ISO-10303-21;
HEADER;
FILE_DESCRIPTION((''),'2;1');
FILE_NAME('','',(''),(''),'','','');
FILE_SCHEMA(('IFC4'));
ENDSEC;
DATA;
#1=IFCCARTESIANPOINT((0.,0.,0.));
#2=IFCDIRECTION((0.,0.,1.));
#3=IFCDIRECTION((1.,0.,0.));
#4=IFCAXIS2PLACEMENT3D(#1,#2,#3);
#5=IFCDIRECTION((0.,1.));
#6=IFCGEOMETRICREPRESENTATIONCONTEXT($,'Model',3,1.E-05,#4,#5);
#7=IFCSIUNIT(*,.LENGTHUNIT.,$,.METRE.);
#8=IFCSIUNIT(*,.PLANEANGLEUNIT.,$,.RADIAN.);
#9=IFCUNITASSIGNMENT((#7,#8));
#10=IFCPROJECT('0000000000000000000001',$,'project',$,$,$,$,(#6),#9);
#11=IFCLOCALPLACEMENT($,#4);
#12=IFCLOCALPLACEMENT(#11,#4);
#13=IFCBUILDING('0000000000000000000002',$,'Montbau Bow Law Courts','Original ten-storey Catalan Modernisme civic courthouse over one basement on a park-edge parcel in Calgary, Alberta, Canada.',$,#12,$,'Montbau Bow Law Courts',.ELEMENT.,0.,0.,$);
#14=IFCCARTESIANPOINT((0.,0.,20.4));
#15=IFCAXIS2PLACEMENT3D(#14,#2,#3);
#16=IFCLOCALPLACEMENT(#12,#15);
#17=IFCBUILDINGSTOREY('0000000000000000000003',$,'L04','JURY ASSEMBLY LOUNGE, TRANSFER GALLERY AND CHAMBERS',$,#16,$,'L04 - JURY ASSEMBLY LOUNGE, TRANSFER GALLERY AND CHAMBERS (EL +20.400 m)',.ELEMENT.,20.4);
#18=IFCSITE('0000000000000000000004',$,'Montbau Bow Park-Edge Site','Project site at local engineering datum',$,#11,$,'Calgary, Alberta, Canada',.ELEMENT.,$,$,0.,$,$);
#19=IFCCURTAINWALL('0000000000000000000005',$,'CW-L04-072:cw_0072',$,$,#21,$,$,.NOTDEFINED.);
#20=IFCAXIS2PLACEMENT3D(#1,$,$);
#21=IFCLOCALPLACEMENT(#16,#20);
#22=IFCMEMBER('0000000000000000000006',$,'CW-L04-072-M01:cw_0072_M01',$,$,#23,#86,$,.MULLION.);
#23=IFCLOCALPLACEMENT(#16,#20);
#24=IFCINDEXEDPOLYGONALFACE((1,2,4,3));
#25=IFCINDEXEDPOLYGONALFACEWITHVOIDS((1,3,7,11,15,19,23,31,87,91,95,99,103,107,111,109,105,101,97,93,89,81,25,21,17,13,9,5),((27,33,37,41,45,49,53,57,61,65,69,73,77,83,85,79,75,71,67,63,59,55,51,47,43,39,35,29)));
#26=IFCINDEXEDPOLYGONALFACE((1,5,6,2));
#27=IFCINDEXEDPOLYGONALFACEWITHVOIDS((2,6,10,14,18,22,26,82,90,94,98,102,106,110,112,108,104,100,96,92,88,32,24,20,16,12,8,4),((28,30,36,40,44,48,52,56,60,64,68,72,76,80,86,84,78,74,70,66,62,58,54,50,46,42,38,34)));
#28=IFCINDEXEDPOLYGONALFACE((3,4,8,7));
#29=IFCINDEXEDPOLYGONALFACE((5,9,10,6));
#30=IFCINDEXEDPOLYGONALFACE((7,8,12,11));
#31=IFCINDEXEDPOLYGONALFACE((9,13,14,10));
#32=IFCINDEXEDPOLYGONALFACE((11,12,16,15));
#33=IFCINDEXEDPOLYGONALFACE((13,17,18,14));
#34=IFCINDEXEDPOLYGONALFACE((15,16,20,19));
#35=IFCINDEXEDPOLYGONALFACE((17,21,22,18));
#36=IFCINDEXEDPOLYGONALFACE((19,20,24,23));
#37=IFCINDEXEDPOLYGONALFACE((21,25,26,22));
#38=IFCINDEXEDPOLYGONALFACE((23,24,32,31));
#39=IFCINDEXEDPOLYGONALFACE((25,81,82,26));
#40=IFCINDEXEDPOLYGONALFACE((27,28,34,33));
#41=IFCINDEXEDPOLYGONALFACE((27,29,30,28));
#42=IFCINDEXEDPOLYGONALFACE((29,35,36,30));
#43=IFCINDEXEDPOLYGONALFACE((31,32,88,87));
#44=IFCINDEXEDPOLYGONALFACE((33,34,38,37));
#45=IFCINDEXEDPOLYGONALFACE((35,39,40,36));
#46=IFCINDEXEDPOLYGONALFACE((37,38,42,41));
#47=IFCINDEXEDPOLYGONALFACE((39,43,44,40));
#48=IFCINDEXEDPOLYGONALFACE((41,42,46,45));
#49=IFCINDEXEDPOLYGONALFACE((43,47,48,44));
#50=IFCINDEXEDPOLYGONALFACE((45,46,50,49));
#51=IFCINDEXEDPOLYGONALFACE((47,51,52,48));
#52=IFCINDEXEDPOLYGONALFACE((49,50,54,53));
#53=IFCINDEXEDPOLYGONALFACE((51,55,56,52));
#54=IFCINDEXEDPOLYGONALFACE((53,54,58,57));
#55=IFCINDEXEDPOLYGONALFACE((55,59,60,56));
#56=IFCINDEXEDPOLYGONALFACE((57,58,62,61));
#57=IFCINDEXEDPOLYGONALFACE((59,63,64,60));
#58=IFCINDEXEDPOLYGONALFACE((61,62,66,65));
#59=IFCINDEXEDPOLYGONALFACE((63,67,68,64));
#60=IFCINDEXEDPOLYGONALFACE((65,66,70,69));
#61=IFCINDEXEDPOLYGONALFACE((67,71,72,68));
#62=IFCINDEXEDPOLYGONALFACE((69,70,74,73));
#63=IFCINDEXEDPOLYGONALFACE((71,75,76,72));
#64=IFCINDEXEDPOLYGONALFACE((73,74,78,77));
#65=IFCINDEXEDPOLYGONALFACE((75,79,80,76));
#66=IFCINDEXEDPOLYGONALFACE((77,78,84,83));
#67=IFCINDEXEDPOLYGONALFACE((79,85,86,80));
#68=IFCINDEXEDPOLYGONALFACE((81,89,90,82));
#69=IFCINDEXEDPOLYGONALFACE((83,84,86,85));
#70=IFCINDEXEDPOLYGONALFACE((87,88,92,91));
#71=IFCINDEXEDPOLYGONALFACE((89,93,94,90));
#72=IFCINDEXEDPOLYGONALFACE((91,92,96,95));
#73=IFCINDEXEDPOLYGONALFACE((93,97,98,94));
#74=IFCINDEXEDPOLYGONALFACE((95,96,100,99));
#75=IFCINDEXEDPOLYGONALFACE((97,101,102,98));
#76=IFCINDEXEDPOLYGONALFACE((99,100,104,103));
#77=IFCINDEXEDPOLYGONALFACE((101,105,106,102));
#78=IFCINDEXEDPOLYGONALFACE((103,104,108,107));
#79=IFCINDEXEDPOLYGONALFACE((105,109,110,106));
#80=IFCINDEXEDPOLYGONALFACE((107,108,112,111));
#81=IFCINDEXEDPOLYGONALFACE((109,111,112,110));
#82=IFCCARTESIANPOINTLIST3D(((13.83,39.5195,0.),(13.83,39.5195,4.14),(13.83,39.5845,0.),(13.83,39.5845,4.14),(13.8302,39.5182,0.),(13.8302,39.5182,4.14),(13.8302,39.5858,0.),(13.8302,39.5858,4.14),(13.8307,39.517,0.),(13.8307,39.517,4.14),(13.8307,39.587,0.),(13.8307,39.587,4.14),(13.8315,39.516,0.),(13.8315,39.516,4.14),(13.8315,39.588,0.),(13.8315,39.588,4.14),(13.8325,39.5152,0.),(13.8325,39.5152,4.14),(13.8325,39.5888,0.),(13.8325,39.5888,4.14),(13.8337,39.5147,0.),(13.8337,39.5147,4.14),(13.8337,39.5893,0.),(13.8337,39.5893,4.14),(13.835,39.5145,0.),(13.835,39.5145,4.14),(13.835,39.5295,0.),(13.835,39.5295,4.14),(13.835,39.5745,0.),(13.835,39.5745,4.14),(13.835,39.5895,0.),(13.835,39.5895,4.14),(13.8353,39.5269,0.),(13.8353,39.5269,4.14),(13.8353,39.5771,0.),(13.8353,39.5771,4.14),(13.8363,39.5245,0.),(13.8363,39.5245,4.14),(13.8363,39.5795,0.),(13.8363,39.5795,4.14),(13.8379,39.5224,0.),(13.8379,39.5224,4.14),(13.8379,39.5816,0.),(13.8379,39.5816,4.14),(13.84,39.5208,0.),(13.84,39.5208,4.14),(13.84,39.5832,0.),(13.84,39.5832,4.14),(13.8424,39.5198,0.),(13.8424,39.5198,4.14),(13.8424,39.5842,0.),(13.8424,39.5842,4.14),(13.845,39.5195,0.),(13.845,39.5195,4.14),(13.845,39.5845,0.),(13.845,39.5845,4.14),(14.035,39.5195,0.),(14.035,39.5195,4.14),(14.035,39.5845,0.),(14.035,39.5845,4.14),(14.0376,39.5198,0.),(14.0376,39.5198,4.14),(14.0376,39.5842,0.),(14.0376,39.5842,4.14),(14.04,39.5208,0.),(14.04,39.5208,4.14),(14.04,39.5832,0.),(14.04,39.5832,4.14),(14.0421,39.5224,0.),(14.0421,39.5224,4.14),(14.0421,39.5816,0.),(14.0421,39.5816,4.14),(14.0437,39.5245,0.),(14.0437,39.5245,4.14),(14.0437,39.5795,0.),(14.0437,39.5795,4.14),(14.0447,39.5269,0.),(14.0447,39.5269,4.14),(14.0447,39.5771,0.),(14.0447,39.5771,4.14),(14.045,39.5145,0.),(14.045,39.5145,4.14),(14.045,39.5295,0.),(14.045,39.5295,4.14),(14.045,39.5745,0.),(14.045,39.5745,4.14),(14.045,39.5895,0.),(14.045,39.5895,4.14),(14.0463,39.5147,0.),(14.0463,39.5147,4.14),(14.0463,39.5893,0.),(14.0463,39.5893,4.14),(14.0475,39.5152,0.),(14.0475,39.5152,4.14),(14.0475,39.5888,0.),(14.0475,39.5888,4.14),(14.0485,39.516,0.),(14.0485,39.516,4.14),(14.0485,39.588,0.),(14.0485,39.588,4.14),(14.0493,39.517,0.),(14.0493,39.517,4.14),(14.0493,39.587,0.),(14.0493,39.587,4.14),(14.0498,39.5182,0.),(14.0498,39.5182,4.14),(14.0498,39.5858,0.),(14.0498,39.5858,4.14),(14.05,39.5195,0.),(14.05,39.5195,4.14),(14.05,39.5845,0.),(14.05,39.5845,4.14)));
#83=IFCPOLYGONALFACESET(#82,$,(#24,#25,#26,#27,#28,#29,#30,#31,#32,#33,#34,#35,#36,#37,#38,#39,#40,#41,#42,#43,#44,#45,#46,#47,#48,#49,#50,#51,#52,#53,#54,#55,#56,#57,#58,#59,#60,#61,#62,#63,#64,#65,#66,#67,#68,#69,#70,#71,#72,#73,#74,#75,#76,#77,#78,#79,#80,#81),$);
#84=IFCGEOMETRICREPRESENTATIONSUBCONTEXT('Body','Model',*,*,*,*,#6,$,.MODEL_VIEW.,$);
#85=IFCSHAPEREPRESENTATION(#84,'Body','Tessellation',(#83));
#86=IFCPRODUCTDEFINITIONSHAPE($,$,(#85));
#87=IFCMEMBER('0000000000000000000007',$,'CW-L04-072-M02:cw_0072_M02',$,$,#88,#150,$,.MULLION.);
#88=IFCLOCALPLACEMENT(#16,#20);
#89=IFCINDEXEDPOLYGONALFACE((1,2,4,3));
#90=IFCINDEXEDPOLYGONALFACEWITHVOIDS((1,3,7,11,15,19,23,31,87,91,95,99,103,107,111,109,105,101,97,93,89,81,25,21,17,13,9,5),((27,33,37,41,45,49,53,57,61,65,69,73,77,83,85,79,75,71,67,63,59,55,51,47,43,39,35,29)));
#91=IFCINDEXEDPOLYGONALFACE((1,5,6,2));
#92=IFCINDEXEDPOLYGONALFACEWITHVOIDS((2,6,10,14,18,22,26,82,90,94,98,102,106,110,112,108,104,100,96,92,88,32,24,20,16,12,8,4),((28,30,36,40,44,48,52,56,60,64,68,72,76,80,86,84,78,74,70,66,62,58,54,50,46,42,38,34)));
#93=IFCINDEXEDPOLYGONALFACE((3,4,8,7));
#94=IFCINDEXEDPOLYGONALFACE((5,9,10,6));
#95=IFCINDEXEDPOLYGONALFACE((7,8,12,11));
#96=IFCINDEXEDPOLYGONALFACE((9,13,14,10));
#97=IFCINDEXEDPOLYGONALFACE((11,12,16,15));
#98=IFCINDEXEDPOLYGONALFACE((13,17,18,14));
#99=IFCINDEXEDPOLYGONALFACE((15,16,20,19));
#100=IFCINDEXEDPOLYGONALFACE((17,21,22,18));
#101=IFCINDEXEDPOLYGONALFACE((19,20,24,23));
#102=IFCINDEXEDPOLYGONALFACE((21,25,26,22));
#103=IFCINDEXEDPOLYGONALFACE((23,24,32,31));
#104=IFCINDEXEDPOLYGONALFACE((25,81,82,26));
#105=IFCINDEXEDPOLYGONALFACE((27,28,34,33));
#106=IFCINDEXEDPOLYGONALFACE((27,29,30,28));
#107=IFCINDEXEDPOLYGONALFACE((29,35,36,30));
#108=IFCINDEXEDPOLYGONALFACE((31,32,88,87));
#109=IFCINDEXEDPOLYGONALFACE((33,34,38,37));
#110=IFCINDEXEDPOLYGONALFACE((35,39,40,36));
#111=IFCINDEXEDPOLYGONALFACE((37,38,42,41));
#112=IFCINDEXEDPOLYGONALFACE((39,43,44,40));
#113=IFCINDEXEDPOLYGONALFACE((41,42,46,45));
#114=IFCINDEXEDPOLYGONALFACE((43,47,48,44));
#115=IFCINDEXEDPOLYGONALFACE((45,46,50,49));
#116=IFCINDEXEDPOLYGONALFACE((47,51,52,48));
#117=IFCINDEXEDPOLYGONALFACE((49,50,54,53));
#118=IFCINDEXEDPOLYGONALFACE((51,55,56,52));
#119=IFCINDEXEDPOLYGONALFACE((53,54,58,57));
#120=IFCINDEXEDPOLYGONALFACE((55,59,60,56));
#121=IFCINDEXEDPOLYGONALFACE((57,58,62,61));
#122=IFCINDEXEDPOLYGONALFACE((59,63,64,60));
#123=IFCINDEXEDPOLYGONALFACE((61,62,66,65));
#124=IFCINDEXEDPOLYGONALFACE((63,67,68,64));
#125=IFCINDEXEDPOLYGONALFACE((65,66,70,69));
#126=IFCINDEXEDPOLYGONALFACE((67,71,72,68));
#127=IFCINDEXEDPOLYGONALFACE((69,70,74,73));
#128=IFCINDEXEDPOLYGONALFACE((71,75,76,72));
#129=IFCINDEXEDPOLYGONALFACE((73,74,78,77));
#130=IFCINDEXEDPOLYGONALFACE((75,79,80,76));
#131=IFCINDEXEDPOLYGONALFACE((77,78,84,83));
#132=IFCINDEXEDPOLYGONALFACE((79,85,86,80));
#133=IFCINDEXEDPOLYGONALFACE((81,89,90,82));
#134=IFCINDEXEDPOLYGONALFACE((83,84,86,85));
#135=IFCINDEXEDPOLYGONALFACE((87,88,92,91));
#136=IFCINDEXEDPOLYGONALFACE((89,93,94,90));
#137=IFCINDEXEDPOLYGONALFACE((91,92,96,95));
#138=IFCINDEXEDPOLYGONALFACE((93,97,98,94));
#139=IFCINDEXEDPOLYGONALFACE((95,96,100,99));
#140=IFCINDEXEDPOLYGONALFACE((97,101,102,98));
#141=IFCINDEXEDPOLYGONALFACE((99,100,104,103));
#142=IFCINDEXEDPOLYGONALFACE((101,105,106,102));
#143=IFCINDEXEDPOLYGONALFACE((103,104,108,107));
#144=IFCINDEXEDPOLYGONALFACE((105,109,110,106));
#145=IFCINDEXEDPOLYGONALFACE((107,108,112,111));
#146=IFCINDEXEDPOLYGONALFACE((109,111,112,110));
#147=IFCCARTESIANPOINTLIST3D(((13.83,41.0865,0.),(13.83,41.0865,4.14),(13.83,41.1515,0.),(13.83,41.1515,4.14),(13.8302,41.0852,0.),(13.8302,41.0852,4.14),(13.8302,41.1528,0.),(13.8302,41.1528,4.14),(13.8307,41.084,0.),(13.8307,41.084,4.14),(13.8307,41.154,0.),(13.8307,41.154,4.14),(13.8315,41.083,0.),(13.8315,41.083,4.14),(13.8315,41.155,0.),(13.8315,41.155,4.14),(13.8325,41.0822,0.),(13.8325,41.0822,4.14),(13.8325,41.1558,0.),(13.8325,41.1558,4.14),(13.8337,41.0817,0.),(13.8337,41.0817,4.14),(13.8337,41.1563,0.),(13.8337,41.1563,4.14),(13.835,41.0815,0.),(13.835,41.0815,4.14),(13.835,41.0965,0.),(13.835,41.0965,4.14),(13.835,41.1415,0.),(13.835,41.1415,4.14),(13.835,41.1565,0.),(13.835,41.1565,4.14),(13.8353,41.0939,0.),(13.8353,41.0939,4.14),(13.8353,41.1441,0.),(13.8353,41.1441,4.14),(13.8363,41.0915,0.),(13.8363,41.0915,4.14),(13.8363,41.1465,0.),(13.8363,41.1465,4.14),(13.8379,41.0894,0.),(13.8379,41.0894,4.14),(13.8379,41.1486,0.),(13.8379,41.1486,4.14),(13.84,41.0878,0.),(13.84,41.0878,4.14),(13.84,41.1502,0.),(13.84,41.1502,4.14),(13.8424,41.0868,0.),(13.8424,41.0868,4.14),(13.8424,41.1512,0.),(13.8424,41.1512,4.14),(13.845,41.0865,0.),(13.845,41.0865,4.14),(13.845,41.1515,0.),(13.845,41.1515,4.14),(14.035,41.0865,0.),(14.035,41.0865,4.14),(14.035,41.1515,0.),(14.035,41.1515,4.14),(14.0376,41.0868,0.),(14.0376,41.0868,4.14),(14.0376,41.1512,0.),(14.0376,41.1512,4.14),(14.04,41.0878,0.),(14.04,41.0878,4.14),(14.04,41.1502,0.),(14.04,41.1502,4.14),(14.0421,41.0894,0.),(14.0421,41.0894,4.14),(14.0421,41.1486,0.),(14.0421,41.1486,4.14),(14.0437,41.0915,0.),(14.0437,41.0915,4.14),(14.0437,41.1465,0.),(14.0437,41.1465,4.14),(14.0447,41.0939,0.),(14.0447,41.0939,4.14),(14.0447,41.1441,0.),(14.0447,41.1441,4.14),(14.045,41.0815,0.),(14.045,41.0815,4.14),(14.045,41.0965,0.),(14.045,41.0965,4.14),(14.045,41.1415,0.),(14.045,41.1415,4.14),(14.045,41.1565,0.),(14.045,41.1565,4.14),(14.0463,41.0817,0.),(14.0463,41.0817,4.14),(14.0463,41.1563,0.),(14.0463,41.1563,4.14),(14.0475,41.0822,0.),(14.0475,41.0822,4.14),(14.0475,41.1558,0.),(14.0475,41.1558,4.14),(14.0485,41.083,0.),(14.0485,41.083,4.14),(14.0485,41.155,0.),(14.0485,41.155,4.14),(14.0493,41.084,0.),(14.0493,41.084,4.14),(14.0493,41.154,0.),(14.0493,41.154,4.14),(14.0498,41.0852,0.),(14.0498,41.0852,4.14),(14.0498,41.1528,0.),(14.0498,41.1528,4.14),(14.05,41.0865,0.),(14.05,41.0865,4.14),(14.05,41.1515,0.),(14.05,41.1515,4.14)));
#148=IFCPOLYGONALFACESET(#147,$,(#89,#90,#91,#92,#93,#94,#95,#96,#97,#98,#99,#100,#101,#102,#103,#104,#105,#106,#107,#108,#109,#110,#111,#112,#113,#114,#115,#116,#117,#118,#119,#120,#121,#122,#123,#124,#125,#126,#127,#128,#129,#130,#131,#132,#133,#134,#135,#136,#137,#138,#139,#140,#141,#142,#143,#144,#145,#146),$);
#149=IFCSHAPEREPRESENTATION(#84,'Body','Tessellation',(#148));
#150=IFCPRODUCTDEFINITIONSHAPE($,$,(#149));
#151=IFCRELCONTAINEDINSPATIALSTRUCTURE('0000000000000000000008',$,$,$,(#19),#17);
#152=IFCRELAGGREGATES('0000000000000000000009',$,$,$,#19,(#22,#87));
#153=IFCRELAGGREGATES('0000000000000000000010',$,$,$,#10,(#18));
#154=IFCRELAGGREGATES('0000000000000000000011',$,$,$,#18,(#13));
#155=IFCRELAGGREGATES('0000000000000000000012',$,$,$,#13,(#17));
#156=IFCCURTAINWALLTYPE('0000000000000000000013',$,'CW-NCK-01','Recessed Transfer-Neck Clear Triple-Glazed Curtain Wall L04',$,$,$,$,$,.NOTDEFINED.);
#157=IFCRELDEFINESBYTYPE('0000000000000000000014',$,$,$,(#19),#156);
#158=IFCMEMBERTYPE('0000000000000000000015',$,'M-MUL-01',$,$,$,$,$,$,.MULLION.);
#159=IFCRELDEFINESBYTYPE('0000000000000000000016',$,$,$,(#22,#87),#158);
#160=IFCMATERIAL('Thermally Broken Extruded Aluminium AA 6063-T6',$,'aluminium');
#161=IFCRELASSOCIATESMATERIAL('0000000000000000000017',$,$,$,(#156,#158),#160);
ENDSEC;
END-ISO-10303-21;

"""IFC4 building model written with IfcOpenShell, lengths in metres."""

from ifc_helpers import new_model, si_unit, direction, frame, origin_with_axes, origin_2d_with_axis, place, context, subcontext, project, spatial, hollow_rectangle, extrude, material, material_profile, profile_set, type_object, element, aggregate, save


model = new_model("IFC4")

# Units and contexts
model_context = context("Model", 3, precision=1e-05, world=origin_with_axes(), true_north=direction((0.0, 1.0)))
body_context = subcontext(model_context, "Body", "Model", "MODEL_VIEW")
ifc_project = project(units=[si_unit("LENGTHUNIT", "METRE"), si_unit("PLANEANGLEUNIT", "RADIAN")], contexts=[model_context])

# Site, building, storey
site_placement = place(None, origin_with_axes())
site = spatial("IfcSite", under=ifc_project, at=site_placement, Name="Montbau Bow Park-Edge Site", Description="Project site at local engineering datum", LongName="Calgary, Alberta, Canada", CompositionType="ELEMENT", RefElevation=0.0)
building_placement = place(site_placement, origin_with_axes())
building = spatial("IfcBuilding", under=site, at=building_placement, Name="Montbau Bow Law Courts", Description="Original ten-storey Catalan Modernisme civic courthouse over one basement on a park-edge parcel in Calgary, Alberta, Canada.", LongName="Montbau Bow Law Courts", CompositionType="ELEMENT", ElevationOfRefHeight=0.0, ElevationOfTerrain=0.0)
storey_placement = place(building_placement, frame((0.0, 0.0, 20.4), z_axis=(0.0, 0.0, 1.0), x_axis=(1.0, 0.0, 0.0)))
storey = spatial("IfcBuildingStorey", under=building, at=storey_placement, Name="L04", Description="JURY ASSEMBLY LOUNGE, TRANSFER GALLERY AND CHAMBERS", LongName="L04 - JURY ASSEMBLY LOUNGE, TRANSFER GALLERY AND CHAMBERS (EL +20.400 m)", CompositionType="ELEMENT", Elevation=20.4)

# Curtain wall, members
ifc_material_1 = material(Name="Thermally Broken Extruded Aluminium AA 6063-T6", Category="aluminium")
curtain_wall_type = type_object("IfcCurtainWallType", Name="CW-NCK-01", Description="Recessed Transfer-Neck Clear Triple-Glazed Curtain Wall L04", PredefinedType="NOTDEFINED", material=ifc_material_1)
curtain_wall_placement = place(None, frame((13.94, 39.515, 20.4), z_axis=(0.0, 0.0, 1.0), x_axis=(1.0, 0.0, 0.0)))
curtain_wall = element("IfcCurtainWall", 1, at=curtain_wall_placement, inside=storey, type_object=curtain_wall_type, Name="CW-L04-072:cw_0072", PredefinedType="NOTDEFINED")
ifc_material_profile_1 = material_profile(ifc_material_1, hollow_rectangle(XDim=0.075, YDim=0.22, WallThickness=0.005, InnerFilletRadius=0.01, OuterFilletRadius=0.005, at=origin_2d_with_axis()), Name="CWM-220X75", Category="Main", Priority=0)
ifc_profile_set_1 = profile_set([ifc_material_profile_1], Name="Thermally Broken Extruded Aluminium AA 6063-T6")
member_type_1 = type_object("IfcMemberType", Name="M-MUL-01", PredefinedType="MULLION", material=ifc_profile_set_1)
member_1_placement = place(None, frame((13.94, 39.552, 20.4), z_axis=(0.0, 0.0, 1.0), x_axis=(0.0, 1.0, 0.0)))
member_1 = element("IfcMember", 2, at=member_1_placement, type_object=member_type_1, Name="CW-L04-072-M01:cw_0072_M01", PredefinedType="MULLION", context=body_context, shape_type="SweptSolid", body=[
    extrude(hollow_rectangle(XDim=0.075, YDim=0.22, WallThickness=0.005, InnerFilletRadius=0.01, OuterFilletRadius=0.005, at=origin_2d_with_axis()), origin_with_axes(), (0.0, 0.0, 1.0), 4.14),
])
member_2_placement = place(None, frame((13.94, 41.119, 20.4), z_axis=(0.0, 0.0, 1.0), x_axis=(0.0, 1.0, 0.0)))
member_2 = element("IfcMember", 3, at=member_2_placement, type_object=member_type_1, Name="CW-L04-072-M02:cw_0072_M02", PredefinedType="MULLION", context=body_context, shape_type="SweptSolid", body=[
    extrude(hollow_rectangle(XDim=0.075, YDim=0.22, WallThickness=0.005, InnerFilletRadius=0.01, OuterFilletRadius=0.005, at=origin_2d_with_axis()), origin_with_axes(), (0.0, 0.0, 1.0), 4.14),
])
aggregate(curtain_wall, [member_1, member_2])

save(model, "model.ifc")
